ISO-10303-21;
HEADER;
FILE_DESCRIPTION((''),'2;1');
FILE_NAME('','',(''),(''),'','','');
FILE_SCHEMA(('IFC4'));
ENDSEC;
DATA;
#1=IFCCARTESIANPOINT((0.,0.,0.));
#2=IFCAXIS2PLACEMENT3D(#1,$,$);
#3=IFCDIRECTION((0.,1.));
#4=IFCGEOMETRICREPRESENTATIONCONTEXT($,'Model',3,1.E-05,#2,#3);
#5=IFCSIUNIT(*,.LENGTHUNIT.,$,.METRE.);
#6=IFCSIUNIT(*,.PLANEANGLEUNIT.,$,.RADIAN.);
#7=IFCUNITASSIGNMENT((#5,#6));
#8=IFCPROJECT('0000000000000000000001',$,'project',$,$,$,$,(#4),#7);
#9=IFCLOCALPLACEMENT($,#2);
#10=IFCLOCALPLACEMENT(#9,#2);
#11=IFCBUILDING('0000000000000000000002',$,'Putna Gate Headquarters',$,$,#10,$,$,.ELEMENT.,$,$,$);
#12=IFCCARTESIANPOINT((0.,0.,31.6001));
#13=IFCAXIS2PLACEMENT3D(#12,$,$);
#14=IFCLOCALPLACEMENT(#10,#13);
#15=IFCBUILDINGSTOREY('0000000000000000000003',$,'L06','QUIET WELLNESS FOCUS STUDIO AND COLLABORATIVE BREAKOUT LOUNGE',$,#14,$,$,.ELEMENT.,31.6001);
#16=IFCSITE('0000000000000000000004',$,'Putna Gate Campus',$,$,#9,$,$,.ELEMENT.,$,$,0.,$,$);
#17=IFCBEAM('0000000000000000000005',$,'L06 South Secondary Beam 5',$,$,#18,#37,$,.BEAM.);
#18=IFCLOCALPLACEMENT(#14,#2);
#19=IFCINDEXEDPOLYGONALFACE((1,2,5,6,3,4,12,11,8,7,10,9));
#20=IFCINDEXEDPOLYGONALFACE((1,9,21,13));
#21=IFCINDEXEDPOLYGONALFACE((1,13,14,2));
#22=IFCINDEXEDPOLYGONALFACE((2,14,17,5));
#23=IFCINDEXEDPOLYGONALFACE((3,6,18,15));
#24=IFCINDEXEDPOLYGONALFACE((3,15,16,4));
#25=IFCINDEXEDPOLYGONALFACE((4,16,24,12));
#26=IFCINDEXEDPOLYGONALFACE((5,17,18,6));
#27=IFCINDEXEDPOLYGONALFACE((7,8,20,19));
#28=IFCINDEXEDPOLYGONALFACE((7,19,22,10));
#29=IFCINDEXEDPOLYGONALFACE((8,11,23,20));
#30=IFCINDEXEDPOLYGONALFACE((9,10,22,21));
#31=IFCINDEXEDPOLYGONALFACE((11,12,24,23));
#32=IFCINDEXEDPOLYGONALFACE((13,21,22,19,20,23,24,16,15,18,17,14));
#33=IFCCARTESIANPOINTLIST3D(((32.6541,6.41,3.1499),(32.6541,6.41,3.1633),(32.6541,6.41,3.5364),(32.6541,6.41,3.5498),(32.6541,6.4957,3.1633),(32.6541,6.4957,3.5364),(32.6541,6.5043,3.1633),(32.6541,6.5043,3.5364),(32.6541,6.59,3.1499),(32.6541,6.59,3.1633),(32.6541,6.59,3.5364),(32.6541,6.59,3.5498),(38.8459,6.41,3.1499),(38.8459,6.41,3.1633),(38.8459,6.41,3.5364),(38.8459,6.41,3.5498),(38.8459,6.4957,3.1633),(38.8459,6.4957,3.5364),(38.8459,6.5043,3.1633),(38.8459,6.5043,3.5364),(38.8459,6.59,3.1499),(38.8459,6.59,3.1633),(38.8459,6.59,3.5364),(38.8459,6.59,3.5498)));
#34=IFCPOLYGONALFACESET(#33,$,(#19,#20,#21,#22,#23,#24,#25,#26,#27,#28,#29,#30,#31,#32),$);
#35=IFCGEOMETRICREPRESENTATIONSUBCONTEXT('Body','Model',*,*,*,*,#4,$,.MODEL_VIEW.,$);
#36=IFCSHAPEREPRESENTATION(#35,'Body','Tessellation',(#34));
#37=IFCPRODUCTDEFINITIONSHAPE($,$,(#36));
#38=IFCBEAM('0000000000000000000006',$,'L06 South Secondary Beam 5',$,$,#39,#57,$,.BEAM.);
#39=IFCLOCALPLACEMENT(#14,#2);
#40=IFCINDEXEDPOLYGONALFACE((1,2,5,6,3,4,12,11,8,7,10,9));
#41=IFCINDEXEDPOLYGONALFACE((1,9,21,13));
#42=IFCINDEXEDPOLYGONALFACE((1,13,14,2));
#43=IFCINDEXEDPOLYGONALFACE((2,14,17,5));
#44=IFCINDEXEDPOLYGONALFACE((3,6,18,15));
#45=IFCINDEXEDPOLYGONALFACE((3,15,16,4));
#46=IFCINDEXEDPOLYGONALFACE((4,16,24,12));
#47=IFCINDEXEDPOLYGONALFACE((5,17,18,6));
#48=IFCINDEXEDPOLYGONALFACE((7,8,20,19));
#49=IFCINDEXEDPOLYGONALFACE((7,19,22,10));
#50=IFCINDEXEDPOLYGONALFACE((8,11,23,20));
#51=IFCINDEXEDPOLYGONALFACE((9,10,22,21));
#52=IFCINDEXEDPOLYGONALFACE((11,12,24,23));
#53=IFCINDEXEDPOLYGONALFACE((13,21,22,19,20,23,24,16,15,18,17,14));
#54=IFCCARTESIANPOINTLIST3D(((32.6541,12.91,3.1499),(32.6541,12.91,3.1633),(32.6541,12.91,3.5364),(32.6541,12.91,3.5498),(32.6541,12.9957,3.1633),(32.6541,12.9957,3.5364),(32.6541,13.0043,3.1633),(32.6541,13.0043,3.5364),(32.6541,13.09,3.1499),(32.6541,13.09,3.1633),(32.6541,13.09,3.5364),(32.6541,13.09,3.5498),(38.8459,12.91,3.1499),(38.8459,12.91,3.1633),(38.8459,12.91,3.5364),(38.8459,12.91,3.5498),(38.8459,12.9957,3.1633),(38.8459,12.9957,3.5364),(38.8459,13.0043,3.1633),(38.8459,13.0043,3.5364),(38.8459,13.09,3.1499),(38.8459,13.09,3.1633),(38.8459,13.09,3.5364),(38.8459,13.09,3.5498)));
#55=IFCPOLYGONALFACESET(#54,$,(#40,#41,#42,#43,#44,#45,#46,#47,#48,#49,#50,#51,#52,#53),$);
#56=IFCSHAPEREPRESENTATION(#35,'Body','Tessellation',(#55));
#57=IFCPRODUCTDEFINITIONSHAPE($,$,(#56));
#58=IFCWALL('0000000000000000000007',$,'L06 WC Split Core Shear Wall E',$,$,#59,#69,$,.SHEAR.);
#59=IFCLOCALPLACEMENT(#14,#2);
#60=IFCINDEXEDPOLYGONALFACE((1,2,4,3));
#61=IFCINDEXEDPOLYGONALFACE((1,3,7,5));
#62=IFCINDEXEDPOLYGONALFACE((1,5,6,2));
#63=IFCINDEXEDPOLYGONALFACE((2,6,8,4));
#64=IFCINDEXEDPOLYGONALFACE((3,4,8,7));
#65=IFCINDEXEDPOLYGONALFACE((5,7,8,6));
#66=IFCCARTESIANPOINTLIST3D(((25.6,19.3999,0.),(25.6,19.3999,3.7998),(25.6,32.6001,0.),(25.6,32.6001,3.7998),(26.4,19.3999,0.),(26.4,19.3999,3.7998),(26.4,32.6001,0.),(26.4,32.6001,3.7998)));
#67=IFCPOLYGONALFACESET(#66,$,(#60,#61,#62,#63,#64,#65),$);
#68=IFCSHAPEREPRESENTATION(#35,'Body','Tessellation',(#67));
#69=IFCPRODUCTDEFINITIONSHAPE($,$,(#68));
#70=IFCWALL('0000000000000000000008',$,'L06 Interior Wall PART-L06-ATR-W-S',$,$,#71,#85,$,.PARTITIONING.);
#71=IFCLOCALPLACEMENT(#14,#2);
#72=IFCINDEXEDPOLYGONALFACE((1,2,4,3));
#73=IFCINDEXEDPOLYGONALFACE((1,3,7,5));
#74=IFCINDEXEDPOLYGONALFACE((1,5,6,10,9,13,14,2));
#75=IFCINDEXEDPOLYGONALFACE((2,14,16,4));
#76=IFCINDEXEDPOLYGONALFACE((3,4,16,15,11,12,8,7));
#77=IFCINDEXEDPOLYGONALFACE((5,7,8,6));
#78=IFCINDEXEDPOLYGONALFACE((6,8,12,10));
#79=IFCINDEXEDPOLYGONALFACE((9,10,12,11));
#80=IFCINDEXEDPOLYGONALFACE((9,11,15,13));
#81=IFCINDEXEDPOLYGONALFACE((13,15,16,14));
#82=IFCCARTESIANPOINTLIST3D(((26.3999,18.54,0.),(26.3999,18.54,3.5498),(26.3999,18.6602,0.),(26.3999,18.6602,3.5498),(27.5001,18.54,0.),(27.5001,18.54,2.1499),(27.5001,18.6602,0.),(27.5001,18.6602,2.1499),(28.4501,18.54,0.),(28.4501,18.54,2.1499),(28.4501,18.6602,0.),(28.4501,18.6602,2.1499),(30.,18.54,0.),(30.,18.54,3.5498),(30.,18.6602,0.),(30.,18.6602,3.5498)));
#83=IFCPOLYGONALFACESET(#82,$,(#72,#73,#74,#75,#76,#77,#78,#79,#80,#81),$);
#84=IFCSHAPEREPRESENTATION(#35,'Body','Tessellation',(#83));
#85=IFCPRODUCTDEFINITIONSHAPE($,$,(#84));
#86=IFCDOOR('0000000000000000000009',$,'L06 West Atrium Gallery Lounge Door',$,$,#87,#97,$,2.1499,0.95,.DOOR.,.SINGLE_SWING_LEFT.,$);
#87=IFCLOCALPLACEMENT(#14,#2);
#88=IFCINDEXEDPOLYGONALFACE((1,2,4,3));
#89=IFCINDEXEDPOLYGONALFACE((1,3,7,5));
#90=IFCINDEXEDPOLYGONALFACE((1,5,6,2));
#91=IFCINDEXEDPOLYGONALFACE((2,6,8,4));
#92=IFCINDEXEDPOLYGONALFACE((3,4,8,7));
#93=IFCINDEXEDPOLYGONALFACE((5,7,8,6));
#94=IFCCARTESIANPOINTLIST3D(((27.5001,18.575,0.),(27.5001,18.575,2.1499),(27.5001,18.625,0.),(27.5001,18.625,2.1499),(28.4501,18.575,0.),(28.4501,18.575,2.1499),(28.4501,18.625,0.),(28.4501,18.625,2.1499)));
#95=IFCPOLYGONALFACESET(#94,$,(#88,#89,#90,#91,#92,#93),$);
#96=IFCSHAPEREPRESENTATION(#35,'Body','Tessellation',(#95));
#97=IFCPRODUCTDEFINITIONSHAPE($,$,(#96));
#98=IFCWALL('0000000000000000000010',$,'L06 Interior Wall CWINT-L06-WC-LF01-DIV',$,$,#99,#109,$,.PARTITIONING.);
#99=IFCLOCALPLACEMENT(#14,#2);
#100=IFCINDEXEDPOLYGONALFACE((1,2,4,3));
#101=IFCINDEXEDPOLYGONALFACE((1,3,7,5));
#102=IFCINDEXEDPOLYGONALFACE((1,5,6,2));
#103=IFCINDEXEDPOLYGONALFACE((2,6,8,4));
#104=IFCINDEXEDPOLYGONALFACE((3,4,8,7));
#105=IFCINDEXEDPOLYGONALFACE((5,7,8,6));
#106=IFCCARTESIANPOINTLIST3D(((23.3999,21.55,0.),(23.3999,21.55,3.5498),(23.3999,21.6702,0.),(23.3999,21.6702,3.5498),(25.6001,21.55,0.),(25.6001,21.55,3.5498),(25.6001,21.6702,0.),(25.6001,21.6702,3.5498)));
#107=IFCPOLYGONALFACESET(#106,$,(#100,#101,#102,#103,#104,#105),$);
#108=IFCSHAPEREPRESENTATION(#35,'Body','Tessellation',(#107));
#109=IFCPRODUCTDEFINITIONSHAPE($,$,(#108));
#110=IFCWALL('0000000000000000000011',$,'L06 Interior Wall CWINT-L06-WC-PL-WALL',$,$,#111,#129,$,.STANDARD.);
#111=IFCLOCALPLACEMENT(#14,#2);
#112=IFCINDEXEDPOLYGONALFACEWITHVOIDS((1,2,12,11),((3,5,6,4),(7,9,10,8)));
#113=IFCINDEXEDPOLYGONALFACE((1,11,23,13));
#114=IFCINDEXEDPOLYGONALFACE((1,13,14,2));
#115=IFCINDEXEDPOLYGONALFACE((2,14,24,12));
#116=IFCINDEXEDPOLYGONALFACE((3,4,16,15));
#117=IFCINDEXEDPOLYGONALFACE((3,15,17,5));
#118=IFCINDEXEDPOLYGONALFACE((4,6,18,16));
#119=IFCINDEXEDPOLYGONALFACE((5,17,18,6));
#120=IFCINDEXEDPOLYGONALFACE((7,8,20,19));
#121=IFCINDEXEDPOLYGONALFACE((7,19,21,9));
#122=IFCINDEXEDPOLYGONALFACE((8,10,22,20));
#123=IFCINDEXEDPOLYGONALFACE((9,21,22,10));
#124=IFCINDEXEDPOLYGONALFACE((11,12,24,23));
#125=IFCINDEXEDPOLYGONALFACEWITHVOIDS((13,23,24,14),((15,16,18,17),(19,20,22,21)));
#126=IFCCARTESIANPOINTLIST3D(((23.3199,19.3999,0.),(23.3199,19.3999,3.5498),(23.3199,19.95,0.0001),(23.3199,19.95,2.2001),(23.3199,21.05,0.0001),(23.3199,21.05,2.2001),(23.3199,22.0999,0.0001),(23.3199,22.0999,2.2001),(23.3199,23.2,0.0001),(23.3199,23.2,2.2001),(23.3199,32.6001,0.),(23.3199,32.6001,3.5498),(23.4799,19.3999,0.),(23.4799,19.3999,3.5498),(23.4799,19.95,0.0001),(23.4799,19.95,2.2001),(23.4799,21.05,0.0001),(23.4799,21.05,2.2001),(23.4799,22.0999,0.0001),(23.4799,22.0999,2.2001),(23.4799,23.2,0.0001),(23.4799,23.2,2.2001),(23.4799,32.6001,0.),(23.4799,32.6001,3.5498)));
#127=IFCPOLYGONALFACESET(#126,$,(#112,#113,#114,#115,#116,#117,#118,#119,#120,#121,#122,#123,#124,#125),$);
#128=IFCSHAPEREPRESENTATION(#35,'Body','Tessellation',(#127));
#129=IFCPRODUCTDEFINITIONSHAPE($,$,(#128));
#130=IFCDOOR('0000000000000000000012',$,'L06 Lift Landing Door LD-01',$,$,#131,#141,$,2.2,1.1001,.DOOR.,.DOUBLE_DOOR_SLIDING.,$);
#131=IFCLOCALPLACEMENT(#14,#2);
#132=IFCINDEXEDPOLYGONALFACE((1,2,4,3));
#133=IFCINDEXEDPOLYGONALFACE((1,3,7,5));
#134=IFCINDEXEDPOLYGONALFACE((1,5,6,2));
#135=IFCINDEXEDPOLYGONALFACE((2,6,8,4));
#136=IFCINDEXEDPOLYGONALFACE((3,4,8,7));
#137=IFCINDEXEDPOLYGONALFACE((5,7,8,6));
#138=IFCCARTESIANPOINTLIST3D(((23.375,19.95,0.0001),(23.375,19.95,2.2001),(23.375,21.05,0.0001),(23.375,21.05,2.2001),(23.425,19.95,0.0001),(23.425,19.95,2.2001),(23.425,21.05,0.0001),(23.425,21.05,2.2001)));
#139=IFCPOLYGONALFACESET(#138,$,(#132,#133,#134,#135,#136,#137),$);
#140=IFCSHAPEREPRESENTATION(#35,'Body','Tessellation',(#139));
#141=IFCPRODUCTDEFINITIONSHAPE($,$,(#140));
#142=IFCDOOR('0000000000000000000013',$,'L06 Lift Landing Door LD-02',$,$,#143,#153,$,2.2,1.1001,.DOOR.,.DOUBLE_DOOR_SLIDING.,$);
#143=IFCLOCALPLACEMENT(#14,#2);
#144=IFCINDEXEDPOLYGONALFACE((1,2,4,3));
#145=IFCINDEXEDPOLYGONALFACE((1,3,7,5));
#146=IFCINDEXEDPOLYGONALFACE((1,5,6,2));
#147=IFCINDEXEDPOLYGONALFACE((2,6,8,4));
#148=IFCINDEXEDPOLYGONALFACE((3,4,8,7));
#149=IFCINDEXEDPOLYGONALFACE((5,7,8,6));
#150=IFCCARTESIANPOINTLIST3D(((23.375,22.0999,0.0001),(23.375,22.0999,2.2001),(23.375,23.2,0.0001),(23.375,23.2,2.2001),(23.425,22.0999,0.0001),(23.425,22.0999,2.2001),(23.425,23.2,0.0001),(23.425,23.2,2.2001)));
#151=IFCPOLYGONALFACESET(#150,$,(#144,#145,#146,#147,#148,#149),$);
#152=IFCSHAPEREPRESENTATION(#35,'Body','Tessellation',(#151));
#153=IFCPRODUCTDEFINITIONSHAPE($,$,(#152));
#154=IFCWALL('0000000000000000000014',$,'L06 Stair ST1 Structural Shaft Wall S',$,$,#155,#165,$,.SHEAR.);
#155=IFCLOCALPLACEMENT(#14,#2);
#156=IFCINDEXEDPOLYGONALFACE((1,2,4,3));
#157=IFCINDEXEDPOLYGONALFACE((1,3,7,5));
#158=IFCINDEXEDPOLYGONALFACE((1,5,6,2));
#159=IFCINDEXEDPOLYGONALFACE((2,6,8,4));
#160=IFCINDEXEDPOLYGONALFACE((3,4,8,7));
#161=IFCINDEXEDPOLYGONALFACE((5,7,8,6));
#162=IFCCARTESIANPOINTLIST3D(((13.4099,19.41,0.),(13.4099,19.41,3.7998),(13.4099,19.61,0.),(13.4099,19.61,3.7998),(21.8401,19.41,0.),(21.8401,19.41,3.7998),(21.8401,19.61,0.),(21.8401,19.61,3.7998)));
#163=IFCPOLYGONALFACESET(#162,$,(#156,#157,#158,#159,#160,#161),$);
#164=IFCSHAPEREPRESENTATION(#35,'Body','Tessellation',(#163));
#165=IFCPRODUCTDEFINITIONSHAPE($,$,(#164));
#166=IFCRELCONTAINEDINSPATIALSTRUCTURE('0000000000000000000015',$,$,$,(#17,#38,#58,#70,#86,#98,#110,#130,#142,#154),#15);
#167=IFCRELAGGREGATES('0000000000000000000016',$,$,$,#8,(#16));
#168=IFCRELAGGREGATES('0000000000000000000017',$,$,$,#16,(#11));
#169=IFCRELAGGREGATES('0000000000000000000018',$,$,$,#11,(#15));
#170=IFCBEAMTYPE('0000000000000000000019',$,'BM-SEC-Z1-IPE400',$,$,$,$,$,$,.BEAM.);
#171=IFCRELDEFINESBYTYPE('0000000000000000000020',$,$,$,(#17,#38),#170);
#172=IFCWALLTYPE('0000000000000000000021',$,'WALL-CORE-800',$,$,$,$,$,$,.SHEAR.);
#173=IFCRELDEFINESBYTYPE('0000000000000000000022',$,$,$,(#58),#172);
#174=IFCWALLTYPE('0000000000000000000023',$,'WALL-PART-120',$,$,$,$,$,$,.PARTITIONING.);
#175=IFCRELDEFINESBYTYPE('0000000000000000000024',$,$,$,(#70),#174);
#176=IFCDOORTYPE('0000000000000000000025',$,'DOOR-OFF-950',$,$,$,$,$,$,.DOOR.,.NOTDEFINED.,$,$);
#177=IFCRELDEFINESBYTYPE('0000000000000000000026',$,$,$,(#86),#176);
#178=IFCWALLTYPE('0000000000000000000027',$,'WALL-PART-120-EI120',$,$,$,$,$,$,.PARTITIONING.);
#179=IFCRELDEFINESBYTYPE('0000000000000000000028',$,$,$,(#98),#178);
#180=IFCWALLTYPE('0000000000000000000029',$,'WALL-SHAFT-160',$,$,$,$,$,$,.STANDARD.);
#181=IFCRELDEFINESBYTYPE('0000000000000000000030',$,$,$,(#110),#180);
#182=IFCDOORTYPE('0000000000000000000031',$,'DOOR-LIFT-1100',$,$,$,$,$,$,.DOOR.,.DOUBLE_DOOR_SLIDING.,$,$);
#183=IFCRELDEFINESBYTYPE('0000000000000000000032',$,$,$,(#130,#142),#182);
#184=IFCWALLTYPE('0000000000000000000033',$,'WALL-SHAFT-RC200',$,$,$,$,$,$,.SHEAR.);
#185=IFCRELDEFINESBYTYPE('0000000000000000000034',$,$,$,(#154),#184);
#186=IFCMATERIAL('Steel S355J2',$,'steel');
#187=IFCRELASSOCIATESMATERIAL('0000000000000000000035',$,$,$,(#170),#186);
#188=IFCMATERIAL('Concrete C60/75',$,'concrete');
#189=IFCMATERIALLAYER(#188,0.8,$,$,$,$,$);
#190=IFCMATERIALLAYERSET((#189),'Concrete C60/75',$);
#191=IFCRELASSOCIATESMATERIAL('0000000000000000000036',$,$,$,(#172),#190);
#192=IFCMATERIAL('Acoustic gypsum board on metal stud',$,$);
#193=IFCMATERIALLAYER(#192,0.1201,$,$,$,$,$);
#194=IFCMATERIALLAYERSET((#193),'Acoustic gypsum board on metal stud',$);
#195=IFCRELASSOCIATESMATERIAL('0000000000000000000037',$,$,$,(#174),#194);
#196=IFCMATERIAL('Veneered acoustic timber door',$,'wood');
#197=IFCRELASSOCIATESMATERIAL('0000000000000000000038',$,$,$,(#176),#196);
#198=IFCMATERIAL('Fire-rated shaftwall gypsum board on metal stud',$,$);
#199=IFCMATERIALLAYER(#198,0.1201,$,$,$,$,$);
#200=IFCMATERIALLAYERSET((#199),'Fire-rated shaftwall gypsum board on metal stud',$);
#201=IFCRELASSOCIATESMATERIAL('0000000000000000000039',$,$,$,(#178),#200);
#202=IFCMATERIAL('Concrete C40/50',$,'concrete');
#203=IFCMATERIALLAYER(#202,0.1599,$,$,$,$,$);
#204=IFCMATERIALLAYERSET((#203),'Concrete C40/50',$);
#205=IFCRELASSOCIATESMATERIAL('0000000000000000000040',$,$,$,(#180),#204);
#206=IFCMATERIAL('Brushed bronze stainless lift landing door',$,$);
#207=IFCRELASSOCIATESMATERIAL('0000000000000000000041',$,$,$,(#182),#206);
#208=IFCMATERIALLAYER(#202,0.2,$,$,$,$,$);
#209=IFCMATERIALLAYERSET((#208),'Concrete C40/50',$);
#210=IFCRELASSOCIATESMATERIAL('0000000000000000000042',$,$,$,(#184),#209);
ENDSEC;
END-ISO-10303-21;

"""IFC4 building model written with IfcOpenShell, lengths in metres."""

from ifc_helpers import new_model, si_unit, direction, frame, frame_2d, origin, origin_2d, place, context, subcontext, project, spatial, rectangle, i_section, extrude, material, layer, layer_set, material_profile, profile_set, type_object, element, fill, save


model = new_model("IFC4")

# Units and contexts
model_context = context("Model", 3, precision=1e-05, world=origin(), true_north=direction((0.0, 1.0)))
body_context = subcontext(model_context, "Body", "Model", "MODEL_VIEW")
ifc_project = project(units=[si_unit("LENGTHUNIT", "METRE"), si_unit("PLANEANGLEUNIT", "RADIAN")], contexts=[model_context])

# Site, building, storey
site_placement = place(None, origin())
site = spatial("IfcSite", under=ifc_project, at=site_placement, Name="Putna Gate Campus", CompositionType="ELEMENT", RefElevation=0.0)
building_placement = place(site_placement, origin())
building = spatial("IfcBuilding", under=site, at=building_placement, Name="Putna Gate Headquarters", CompositionType="ELEMENT")
storey_placement = place(building_placement, frame((0.0, 0.0, 31.6001)))
storey = spatial("IfcBuildingStorey", under=building, at=storey_placement, Name="L06", Description="QUIET WELLNESS FOCUS STUDIO AND COLLABORATIVE BREAKOUT LOUNGE", CompositionType="ELEMENT", Elevation=31.6001)

# Shared definitions
ifc_material_1 = material(Name="Concrete C60/75", Category="concrete")

# Beams
ifc_material_2 = material(Name="Steel S355J2", Category="steel")
ifc_material_profile_1 = material_profile(ifc_material_2, i_section(OverallWidth=0.1799, OverallDepth=0.3999, WebThickness=0.0085, FlangeThickness=0.0134, at=origin_2d()), Name="Steel S355J2")
ifc_profile_set_1 = profile_set([ifc_material_profile_1], Name="Steel S355J2")
beam_type_1 = type_object("IfcBeamType", Name="BM-SEC-Z1-IPE400", PredefinedType="BEAM", material=ifc_profile_set_1)
for number, where, z_axis, x_axis, name in (
    (1, (32.6541, 6.5, 3.3499), (1.0, 0.0, 0.0), (0.0, 1.0, 0.0), "L06 South Secondary Beam 5"),
    (2, (32.6541, 13.0, 3.3499), (1.0, 0.0, 0.0), (0.0, 1.0, 0.0), "L06 South Secondary Beam 5"),
):
    element("IfcBeam", number, at=place(storey_placement, frame(where, z_axis=z_axis, x_axis=x_axis)), inside=storey, type_object=beam_type_1, Name=name, PredefinedType="BEAM", context=body_context, shape_type="SweptSolid", body=[
        extrude(i_section(OverallWidth=0.1799, OverallDepth=0.3999, WebThickness=0.0085, FlangeThickness=0.0134, at=origin_2d()), origin(), (0.0, 0.0, 1.0), 6.1919),
    ])

# Wall
ifc_layer_1 = layer(ifc_material_1, 0.8)
ifc_layer_set_1 = layer_set([ifc_layer_1], Name="Concrete C60/75")
wall_type_1 = type_object("IfcWallType", Name="WALL-CORE-800", PredefinedType="SHEAR", material=ifc_layer_set_1)
wall_1_placement = place(storey_placement, frame((26.0, 19.3999, 0.0), z_axis=(0.0, 0.0, 1.0), x_axis=(0.0, 1.0, 0.0)))
element("IfcWall", 3, at=wall_1_placement, inside=storey, type_object=wall_type_1, Name="L06 WC Split Core Shear Wall E", PredefinedType="SHEAR", context=body_context, shape_type="SweptSolid", body=[
    extrude(rectangle(XDim=13.2002, YDim=0.8, at=frame_2d((6.6001, 0.0))), origin(), (0.0, 0.0, 1.0), 3.7998),
])

# Wall, opening, door
ifc_material_3 = material(Name="Acoustic gypsum board on metal stud")
ifc_layer_2 = layer(ifc_material_3, 0.1201)
ifc_layer_set_2 = layer_set([ifc_layer_2], Name="Acoustic gypsum board on metal stud")
wall_type_2 = type_object("IfcWallType", Name="WALL-PART-120", PredefinedType="PARTITIONING", material=ifc_layer_set_2)
wall_2_placement = place(storey_placement, frame((26.3999, 18.6001, 0.0), z_axis=(0.0, 0.0, 1.0), x_axis=(1.0, 0.0, 0.0)))
wall_2 = element("IfcWall", 4, at=wall_2_placement, inside=storey, type_object=wall_type_2, Name="L06 Interior Wall PART-L06-ATR-W-S", PredefinedType="PARTITIONING", context=body_context, shape_type="SweptSolid", body=[
    extrude(rectangle(XDim=3.6001, YDim=0.1201, at=frame_2d((1.8, 0.0))), origin(), (0.0, 0.0, 1.0), 3.5498),
])
opening_1_placement = place(wall_2_placement, frame((1.1001, 0.0, 0.0)))
opening_1 = element("IfcOpeningElement", 5, at=opening_1_placement, cuts=wall_2, PredefinedType="OPENING", context=body_context, shape_type="SweptSolid", body=[
    extrude(rectangle(XDim=0.95, YDim=2.1499, at=frame_2d((0.4751, 1.075))), frame((0.0, 0.0701, 0.0), z_axis=(0.0, -1.0, 0.0), x_axis=(1.0, 0.0, 0.0)), (0.0, 0.0, 1.0), 0.1401),
])
ifc_material_4 = material(Name="Veneered acoustic timber door", Category="wood")
door_type_1 = type_object("IfcDoorType", Name="DOOR-OFF-950", OperationType="NOTDEFINED", PredefinedType="DOOR", material=ifc_material_4)
door_1_placement = place(opening_1_placement, origin())
door_1 = element("IfcDoor", 6, at=door_1_placement, inside=storey, type_object=door_type_1, Name="L06 West Atrium Gallery Lounge Door", OperationType="SINGLE_SWING_LEFT", OverallHeight=2.1499, OverallWidth=0.95, PredefinedType="DOOR", context=body_context, shape_type="SweptSolid", body=[
    extrude(rectangle(XDim=0.95, YDim=2.1499, at=frame_2d((0.4751, 1.075))), frame((0.0, 0.0249, 0.0), z_axis=(0.0, -1.0, 0.0), x_axis=(1.0, 0.0, 0.0)), (0.0, 0.0, 1.0), 0.05),
])
fill(opening_1, door_1)

# Wall
ifc_material_5 = material(Name="Fire-rated shaftwall gypsum board on metal stud")
ifc_layer_3 = layer(ifc_material_5, 0.1201)
ifc_layer_set_3 = layer_set([ifc_layer_3], Name="Fire-rated shaftwall gypsum board on metal stud")
wall_type_3 = type_object("IfcWallType", Name="WALL-PART-120-EI120", PredefinedType="PARTITIONING", material=ifc_layer_set_3)
wall_3_placement = place(storey_placement, frame((23.3999, 21.6101, 0.0), z_axis=(0.0, 0.0, 1.0), x_axis=(1.0, 0.0, 0.0)))
element("IfcWall", 7, at=wall_3_placement, inside=storey, type_object=wall_type_3, Name="L06 Interior Wall CWINT-L06-WC-LF01-DIV", PredefinedType="PARTITIONING", context=body_context, shape_type="SweptSolid", body=[
    extrude(rectangle(XDim=2.2002, YDim=0.1201, at=frame_2d((1.1001, 0.0))), origin(), (0.0, 0.0, 1.0), 3.5498),
])

# Wall, openings, doors
ifc_material_6 = material(Name="Concrete C40/50", Category="concrete")
ifc_layer_4 = layer(ifc_material_6, 0.1599)
ifc_layer_set_4 = layer_set([ifc_layer_4], Name="Concrete C40/50")
wall_type_4 = type_object("IfcWallType", Name="WALL-SHAFT-160", PredefinedType="STANDARD", material=ifc_layer_set_4)
wall_4_placement = place(storey_placement, frame((23.3999, 19.3999, 0.0), z_axis=(0.0, 0.0, 1.0), x_axis=(0.0, 1.0, 0.0)))
wall_4 = element("IfcWall", 8, at=wall_4_placement, inside=storey, type_object=wall_type_4, Name="L06 Interior Wall CWINT-L06-WC-PL-WALL", PredefinedType="STANDARD", context=body_context, shape_type="SweptSolid", body=[
    extrude(rectangle(XDim=13.2002, YDim=0.1599, at=frame_2d((6.6001, 0.0))), origin(), (0.0, 0.0, 1.0), 3.5498),
])
opening_2_placement = place(wall_4_placement, frame((0.55, 0.0, 0.0)))
opening_2 = element("IfcOpeningElement", 9, at=opening_2_placement, cuts=wall_4, PredefinedType="OPENING", context=body_context, shape_type="SweptSolid", body=[
    extrude(rectangle(XDim=1.1001, YDim=2.2, at=frame_2d((0.55, 1.1001))), frame((0.0, 0.0898, 0.0), z_axis=(0.0, -1.0, 0.0), x_axis=(1.0, 0.0, 0.0)), (0.0, 0.0, 1.0), 0.1799),
])
opening_3_placement = place(wall_4_placement, frame((2.7, 0.0, 0.0)))
opening_3 = element("IfcOpeningElement", 10, at=opening_3_placement, cuts=wall_4, PredefinedType="OPENING", context=body_context, shape_type="SweptSolid", body=[
    extrude(rectangle(XDim=1.1001, YDim=2.2, at=frame_2d((0.55, 1.1001))), frame((0.0, 0.0898, 0.0), z_axis=(0.0, -1.0, 0.0), x_axis=(1.0, 0.0, 0.0)), (0.0, 0.0, 1.0), 0.1799),
])
ifc_material_7 = material(Name="Brushed bronze stainless lift landing door")
door_type_2 = type_object("IfcDoorType", Name="DOOR-LIFT-1100", OperationType="DOUBLE_DOOR_SLIDING", PredefinedType="DOOR", material=ifc_material_7)
door_2_placement = place(opening_2_placement, origin())
door_2 = element("IfcDoor", 11, at=door_2_placement, inside=storey, type_object=door_type_2, Name="L06 Lift Landing Door LD-01", OperationType="DOUBLE_DOOR_SLIDING", OverallHeight=2.2, OverallWidth=1.1001, PredefinedType="DOOR", context=body_context, shape_type="SweptSolid", body=[
    extrude(rectangle(XDim=1.1001, YDim=2.2, at=frame_2d((0.55, 1.1001))), frame((0.0, 0.0249, 0.0), z_axis=(0.0, -1.0, 0.0), x_axis=(1.0, 0.0, 0.0)), (0.0, 0.0, 1.0), 0.05),
])
fill(opening_2, door_2)
door_3_placement = place(opening_3_placement, origin())
door_3 = element("IfcDoor", 12, at=door_3_placement, inside=storey, type_object=door_type_2, Name="L06 Lift Landing Door LD-02", OperationType="DOUBLE_DOOR_SLIDING", OverallHeight=2.2, OverallWidth=1.1001, PredefinedType="DOOR", context=body_context, shape_type="SweptSolid", body=[
    extrude(rectangle(XDim=1.1001, YDim=2.2, at=frame_2d((0.55, 1.1001))), frame((0.0, 0.0249, 0.0), z_axis=(0.0, -1.0, 0.0), x_axis=(1.0, 0.0, 0.0)), (0.0, 0.0, 1.0), 0.05),
])
fill(opening_3, door_3)

# Wall
ifc_layer_5 = layer(ifc_material_6, 0.2)
ifc_layer_set_5 = layer_set([ifc_layer_5], Name="Concrete C40/50")
wall_type_5 = type_object("IfcWallType", Name="WALL-SHAFT-RC200", PredefinedType="SHEAR", material=ifc_layer_set_5)
wall_5_placement = place(storey_placement, frame((13.4099, 19.51, 0.0), z_axis=(0.0, 0.0, 1.0), x_axis=(1.0, 0.0, 0.0)))
element("IfcWall", 13, at=wall_5_placement, inside=storey, type_object=wall_type_5, Name="L06 Stair ST1 Structural Shaft Wall S", PredefinedType="SHEAR", context=body_context, shape_type="SweptSolid", body=[
    extrude(rectangle(XDim=8.4302, YDim=0.2, at=frame_2d((4.2151, 0.0))), origin(), (0.0, 0.0, 1.0), 3.7998),
])

save(model, "model.ifc")
